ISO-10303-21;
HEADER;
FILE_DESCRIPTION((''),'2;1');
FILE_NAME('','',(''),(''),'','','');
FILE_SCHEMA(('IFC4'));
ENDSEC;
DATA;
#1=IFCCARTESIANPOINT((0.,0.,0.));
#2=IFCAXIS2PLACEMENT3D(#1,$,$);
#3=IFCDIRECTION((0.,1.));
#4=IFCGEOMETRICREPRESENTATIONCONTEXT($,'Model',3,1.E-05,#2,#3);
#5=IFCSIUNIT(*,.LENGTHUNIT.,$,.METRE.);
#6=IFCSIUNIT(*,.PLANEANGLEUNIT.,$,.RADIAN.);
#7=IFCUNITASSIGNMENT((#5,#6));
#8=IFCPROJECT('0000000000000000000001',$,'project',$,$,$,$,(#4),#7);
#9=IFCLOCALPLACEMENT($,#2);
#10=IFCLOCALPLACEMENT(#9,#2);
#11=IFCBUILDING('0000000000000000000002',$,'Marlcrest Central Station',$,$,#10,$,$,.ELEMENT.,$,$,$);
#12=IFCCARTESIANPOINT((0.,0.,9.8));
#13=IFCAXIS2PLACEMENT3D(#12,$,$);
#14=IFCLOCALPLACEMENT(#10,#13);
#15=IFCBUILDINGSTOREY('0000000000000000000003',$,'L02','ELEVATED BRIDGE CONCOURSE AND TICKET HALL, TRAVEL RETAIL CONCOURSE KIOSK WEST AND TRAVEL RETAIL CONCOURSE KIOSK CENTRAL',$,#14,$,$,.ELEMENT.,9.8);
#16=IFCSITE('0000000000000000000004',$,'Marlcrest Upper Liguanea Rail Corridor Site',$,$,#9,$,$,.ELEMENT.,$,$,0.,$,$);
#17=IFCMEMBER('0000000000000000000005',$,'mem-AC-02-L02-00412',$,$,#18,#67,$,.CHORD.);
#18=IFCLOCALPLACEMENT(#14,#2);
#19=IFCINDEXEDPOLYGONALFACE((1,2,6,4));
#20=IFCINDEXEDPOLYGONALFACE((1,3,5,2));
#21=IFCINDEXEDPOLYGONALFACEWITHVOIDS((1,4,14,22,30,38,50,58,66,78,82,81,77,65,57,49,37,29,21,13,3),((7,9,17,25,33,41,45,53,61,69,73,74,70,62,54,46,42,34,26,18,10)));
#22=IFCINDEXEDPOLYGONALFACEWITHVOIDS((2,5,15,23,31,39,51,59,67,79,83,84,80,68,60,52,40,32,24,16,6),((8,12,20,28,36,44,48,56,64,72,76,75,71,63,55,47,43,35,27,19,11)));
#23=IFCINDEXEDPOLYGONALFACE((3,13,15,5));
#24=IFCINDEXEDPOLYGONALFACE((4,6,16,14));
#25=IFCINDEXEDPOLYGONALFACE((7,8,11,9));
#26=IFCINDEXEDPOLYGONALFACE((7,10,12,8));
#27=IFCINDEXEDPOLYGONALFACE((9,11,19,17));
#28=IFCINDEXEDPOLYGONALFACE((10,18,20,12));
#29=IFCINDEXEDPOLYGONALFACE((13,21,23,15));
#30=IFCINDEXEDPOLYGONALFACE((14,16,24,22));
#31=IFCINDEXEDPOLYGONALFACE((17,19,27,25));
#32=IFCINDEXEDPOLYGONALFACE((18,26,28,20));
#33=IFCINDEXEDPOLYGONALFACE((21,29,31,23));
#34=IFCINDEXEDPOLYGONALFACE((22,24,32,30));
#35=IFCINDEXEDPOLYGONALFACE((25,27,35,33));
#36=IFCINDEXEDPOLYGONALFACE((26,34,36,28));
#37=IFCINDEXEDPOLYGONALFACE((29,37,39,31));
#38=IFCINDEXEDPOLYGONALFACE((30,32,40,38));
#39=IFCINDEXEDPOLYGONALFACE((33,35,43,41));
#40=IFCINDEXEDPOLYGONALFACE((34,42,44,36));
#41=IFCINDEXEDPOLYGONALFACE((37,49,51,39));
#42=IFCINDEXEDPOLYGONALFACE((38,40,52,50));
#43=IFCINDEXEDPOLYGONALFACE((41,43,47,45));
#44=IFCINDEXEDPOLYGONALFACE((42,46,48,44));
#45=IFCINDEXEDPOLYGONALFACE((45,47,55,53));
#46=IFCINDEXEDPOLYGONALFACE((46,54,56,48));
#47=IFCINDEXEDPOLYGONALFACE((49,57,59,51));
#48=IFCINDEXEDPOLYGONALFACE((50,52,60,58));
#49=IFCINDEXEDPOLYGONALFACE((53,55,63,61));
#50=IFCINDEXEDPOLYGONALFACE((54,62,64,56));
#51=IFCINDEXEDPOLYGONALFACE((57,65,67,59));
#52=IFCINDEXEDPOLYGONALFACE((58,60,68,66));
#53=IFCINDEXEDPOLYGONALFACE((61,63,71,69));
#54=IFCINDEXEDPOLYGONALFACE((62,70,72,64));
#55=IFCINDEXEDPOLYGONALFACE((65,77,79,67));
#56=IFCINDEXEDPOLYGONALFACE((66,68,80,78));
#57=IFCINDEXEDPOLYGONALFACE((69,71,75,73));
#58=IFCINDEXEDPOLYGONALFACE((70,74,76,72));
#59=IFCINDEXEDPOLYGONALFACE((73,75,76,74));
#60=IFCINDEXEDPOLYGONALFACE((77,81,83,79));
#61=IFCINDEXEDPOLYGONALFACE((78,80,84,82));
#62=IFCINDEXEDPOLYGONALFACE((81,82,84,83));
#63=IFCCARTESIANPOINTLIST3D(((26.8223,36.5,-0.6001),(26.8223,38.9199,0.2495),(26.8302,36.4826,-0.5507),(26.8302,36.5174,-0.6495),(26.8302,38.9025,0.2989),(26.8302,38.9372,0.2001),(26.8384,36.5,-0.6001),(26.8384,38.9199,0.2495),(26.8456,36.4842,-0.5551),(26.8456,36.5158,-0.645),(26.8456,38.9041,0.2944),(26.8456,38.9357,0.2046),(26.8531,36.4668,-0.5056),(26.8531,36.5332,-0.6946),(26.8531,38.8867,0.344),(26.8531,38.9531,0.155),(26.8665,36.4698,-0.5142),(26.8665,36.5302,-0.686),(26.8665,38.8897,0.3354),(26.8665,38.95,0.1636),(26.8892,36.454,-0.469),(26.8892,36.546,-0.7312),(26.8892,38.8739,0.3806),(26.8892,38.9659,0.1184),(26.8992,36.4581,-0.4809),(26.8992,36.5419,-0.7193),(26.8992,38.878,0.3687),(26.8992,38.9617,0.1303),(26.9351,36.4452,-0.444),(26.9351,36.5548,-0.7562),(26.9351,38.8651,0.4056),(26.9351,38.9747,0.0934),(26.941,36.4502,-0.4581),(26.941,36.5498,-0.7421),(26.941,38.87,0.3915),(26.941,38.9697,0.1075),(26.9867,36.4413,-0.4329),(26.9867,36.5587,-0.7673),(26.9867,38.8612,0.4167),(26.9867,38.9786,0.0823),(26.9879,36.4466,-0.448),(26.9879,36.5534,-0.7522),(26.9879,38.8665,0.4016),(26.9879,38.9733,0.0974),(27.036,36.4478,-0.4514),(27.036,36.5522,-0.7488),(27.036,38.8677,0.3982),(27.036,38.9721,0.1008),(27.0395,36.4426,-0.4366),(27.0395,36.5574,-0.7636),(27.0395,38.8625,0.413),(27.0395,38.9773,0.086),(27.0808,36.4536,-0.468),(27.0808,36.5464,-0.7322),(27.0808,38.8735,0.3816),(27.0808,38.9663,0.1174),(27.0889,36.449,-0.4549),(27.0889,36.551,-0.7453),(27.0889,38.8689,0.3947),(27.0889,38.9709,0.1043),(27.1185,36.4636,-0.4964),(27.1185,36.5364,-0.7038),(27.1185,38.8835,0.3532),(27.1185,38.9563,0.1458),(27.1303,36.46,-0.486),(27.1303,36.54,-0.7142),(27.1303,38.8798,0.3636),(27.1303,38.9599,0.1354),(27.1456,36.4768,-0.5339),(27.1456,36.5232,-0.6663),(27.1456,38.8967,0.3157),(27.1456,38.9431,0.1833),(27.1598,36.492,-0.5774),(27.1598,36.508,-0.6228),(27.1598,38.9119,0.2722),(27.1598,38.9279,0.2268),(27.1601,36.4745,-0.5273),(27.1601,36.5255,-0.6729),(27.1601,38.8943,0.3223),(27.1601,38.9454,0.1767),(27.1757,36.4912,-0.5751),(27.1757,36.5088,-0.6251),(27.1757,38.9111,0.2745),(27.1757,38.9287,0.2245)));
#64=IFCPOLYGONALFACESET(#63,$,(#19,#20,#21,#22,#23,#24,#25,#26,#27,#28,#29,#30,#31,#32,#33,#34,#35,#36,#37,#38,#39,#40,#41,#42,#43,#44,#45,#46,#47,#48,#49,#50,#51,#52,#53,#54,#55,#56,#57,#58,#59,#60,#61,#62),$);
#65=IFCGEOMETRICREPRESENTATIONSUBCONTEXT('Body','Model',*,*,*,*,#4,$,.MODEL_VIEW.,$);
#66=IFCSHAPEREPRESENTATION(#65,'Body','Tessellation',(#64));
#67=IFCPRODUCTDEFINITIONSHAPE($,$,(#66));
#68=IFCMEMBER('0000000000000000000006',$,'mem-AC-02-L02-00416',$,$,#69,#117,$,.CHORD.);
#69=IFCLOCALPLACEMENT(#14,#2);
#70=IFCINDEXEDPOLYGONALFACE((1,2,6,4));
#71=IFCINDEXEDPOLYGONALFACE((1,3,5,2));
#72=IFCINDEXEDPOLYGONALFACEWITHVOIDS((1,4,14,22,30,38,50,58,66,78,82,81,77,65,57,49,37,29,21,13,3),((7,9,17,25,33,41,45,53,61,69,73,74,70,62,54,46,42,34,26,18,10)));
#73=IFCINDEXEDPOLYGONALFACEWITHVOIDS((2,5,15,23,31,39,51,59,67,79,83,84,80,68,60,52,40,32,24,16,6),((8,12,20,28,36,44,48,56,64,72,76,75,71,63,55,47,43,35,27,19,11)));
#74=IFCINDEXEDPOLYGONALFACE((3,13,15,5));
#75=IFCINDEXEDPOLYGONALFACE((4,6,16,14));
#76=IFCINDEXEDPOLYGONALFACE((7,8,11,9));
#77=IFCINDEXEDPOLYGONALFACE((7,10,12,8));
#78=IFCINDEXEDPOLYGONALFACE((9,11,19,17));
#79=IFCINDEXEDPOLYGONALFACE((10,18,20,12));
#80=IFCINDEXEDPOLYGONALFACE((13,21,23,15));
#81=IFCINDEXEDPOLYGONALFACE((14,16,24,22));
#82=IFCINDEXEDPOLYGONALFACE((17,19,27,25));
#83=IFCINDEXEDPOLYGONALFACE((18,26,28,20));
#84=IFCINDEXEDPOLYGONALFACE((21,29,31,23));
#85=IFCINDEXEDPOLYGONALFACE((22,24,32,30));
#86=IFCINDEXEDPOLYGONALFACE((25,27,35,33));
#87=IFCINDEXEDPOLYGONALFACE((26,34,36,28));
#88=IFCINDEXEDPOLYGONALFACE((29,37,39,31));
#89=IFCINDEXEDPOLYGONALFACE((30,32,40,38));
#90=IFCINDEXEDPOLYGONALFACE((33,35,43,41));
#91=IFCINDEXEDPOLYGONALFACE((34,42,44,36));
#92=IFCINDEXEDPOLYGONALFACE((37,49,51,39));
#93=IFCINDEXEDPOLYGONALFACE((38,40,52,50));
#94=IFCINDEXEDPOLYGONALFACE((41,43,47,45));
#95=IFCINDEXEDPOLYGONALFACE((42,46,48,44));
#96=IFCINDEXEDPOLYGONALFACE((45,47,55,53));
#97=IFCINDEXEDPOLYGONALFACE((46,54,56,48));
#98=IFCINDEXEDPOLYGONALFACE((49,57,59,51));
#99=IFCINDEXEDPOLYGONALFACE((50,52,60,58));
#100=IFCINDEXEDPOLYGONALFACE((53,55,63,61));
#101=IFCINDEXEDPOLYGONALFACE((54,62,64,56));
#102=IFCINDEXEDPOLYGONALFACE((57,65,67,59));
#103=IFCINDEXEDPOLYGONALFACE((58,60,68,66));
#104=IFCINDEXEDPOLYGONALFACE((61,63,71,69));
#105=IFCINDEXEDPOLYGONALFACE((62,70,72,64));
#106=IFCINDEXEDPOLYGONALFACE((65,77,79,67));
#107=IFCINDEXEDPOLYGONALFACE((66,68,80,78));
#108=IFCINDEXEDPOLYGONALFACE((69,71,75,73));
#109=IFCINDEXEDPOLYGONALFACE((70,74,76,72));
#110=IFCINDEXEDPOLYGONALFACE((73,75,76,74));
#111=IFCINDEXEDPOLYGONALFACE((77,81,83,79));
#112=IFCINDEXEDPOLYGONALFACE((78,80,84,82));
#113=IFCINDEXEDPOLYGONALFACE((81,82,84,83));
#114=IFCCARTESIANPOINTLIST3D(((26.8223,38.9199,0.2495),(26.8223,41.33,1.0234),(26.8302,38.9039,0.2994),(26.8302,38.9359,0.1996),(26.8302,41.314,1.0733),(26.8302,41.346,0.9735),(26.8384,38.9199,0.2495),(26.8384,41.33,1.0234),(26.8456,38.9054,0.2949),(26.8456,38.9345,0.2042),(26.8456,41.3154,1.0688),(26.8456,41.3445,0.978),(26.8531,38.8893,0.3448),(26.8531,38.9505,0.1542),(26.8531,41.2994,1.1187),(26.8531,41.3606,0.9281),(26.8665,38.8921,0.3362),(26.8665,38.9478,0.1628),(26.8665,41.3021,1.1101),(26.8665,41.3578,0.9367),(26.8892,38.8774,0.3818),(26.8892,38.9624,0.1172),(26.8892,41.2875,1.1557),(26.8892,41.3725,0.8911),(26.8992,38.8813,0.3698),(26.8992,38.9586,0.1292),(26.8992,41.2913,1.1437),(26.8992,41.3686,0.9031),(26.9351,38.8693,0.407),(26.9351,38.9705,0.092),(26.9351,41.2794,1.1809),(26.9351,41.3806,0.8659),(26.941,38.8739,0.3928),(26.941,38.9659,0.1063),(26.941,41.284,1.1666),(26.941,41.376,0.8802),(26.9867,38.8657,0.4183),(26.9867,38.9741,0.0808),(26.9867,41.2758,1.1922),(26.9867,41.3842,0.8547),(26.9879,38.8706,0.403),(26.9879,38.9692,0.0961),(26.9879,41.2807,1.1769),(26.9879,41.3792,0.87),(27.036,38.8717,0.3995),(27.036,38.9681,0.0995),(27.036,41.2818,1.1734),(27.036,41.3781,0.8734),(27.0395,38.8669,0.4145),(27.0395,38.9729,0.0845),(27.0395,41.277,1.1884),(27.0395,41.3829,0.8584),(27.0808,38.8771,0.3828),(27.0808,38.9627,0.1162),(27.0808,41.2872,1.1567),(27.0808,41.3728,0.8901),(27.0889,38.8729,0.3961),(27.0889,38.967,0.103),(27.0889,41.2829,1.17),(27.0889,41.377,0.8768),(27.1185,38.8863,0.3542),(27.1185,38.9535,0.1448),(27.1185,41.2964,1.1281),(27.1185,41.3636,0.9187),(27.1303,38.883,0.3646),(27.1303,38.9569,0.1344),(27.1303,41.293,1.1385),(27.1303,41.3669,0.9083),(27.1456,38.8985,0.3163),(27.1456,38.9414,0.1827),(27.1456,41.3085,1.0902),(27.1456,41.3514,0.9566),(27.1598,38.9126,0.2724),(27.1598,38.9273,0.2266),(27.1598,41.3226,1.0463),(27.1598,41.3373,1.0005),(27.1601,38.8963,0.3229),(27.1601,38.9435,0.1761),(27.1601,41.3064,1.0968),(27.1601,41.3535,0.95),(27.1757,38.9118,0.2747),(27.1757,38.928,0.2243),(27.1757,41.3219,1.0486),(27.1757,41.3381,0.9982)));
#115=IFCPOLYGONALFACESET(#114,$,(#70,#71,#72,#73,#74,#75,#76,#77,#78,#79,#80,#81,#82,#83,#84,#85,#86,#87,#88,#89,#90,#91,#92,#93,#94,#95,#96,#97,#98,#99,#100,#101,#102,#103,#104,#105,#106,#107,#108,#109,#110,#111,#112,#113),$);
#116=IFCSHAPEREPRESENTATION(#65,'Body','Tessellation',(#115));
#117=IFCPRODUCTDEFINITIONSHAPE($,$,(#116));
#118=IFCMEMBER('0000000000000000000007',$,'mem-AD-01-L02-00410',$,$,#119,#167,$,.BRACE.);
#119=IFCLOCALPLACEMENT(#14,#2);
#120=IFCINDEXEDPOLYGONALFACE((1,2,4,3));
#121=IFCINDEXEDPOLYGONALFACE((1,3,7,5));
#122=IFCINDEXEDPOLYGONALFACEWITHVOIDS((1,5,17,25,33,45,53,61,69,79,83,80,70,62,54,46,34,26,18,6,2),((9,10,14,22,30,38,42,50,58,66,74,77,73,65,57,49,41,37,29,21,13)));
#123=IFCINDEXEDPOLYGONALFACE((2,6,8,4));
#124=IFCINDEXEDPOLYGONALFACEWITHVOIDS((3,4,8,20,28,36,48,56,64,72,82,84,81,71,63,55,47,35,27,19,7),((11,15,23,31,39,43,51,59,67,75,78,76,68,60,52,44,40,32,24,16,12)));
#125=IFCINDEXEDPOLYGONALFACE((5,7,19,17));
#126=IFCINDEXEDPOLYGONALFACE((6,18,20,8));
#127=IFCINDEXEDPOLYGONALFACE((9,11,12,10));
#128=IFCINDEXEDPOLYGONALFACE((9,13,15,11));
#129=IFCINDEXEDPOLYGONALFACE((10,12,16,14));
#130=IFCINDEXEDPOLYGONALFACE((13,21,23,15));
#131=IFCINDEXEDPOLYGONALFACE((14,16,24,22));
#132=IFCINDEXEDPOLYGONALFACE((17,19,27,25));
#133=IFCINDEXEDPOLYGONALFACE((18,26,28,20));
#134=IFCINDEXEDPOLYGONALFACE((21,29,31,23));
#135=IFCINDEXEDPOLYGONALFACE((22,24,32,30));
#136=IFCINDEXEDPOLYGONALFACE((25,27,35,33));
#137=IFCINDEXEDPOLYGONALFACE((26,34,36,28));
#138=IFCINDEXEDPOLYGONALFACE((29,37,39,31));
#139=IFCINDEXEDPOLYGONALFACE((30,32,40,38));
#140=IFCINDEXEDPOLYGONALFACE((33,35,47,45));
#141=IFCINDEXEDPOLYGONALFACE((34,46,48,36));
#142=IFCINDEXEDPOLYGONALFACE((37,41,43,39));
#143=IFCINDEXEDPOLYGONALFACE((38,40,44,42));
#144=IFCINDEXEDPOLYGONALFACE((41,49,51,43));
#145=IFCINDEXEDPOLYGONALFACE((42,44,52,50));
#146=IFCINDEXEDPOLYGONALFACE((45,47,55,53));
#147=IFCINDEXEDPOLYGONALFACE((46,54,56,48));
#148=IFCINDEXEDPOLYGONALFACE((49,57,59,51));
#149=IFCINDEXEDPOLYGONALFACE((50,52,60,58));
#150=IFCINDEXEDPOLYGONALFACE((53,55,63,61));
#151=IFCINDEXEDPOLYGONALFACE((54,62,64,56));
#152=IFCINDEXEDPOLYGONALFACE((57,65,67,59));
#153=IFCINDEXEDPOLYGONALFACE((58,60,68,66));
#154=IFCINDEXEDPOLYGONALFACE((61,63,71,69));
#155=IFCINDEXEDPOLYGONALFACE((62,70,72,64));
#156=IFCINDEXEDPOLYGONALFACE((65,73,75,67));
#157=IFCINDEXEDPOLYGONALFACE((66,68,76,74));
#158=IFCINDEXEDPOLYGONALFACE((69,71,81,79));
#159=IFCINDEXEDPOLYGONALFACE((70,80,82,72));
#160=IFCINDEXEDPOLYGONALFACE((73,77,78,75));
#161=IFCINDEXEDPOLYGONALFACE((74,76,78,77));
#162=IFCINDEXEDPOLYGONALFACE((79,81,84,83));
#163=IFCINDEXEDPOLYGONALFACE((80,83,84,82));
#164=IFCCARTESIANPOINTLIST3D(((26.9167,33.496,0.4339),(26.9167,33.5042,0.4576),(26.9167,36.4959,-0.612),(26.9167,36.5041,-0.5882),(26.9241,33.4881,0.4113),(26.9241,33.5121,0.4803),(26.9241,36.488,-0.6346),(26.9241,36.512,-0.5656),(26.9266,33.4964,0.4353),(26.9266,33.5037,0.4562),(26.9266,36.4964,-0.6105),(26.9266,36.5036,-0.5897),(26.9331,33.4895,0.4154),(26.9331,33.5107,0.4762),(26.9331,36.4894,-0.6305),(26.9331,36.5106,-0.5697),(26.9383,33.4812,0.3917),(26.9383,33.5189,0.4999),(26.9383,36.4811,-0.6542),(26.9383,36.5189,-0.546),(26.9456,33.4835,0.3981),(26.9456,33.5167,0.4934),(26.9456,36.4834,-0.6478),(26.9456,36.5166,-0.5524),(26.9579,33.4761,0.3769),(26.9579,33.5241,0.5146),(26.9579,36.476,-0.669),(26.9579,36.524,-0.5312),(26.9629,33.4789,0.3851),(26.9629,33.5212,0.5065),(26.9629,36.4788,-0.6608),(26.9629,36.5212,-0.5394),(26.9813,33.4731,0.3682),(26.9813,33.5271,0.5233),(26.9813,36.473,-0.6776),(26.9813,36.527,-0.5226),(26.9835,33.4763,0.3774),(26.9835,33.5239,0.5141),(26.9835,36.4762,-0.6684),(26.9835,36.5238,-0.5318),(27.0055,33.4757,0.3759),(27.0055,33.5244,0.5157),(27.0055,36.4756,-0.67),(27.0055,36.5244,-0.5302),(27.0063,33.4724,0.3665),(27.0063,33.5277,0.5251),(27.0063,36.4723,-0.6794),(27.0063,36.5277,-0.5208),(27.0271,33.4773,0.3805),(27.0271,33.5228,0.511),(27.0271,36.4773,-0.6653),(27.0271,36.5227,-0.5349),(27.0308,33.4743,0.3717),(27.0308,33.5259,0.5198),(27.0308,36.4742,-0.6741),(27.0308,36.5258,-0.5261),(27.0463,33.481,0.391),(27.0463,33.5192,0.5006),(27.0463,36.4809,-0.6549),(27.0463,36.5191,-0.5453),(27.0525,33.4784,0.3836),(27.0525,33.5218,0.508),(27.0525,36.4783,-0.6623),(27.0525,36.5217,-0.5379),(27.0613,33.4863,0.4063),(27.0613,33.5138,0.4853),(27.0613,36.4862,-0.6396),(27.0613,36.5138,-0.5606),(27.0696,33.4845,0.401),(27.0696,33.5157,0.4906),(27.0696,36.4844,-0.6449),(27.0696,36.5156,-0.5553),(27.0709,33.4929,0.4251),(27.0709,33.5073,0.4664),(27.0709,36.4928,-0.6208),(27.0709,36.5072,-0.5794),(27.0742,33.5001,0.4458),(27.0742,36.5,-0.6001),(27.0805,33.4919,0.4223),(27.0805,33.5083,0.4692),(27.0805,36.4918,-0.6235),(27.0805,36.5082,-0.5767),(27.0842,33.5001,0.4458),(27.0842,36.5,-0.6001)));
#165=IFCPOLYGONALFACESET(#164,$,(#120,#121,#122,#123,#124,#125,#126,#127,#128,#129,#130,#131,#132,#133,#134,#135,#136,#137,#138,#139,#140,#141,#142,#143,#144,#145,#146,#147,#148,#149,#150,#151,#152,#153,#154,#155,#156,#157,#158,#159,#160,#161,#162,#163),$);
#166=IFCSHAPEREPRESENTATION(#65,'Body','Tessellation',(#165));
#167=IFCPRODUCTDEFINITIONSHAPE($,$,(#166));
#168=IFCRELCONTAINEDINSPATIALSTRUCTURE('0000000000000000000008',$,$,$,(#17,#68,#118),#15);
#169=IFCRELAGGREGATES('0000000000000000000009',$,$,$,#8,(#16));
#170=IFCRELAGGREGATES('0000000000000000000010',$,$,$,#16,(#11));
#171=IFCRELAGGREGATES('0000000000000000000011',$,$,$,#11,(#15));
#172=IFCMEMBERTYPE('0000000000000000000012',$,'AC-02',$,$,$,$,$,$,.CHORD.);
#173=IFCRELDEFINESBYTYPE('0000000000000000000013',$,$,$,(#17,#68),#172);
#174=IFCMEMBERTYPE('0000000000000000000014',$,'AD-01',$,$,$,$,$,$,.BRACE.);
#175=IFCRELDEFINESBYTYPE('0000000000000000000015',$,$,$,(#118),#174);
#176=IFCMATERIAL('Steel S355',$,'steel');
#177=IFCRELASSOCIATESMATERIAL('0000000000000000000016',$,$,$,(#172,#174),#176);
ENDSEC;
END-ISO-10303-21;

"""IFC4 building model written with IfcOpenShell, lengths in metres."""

from ifc_helpers import new_model, si_unit, direction, frame, origin, origin_2d, place, context, subcontext, project, spatial, hollow_circle, extrude, material, material_profile, profile_set, type_object, element, save


model = new_model("IFC4")

# Units and contexts
model_context = context("Model", 3, precision=1e-05, world=origin(), true_north=direction((0.0, 1.0)))
body_context = subcontext(model_context, "Body", "Model", "MODEL_VIEW")
ifc_project = project(units=[si_unit("LENGTHUNIT", "METRE"), si_unit("PLANEANGLEUNIT", "RADIAN")], contexts=[model_context])

# Site, building, storey
site_placement = place(None, origin())
site = spatial("IfcSite", under=ifc_project, at=site_placement, Name="Marlcrest Upper Liguanea Rail Corridor Site", CompositionType="ELEMENT", RefElevation=0.0)
building_placement = place(site_placement, origin())
building = spatial("IfcBuilding", under=site, at=building_placement, Name="Marlcrest Central Station", CompositionType="ELEMENT")
storey_placement = place(building_placement, frame((0.0, 0.0, 9.8)))
storey = spatial("IfcBuildingStorey", under=building, at=storey_placement, Name="L02", Description="ELEVATED BRIDGE CONCOURSE AND TICKET HALL, TRAVEL RETAIL CONCOURSE KIOSK WEST AND TRAVEL RETAIL CONCOURSE KIOSK CENTRAL", CompositionType="ELEMENT", Elevation=9.8)

# Members
ifc_material_1 = material(Name="Steel S355", Category="steel")
ifc_material_profile_1 = material_profile(ifc_material_1, hollow_circle(Radius=0.1777, WallThickness=0.0161, at=origin_2d()), Name="CHS 355.6x16")
ifc_profile_set_1 = profile_set([ifc_material_profile_1], Name="Steel S355")
member_type_1 = type_object("IfcMemberType", Name="AC-02", PredefinedType="CHORD", material=ifc_profile_set_1)
member_1_placement = place(storey_placement, frame((27.0, 36.5, -0.6001), z_axis=(0.0, 0.943537, 0.331266), x_axis=(-1.0, 0.0, 0.0)))
element("IfcMember", 1, at=member_1_placement, inside=storey, type_object=member_type_1, Name="mem-AC-02-L02-00412", PredefinedType="CHORD", context=body_context, shape_type="SweptSolid", body=[
    extrude(hollow_circle(Radius=0.1777, WallThickness=0.0161, at=origin_2d()), origin(), (0.0, 0.0, 1.0), 2.5647),
])
member_2_placement = place(storey_placement, frame((27.0, 38.9199, 0.2495), z_axis=(0.0, 0.952117, 0.305734), x_axis=(-1.0, 0.0, 0.0)))
element("IfcMember", 2, at=member_2_placement, inside=storey, type_object=member_type_1, Name="mem-AC-02-L02-00416", PredefinedType="CHORD", context=body_context, shape_type="SweptSolid", body=[
    extrude(hollow_circle(Radius=0.1777, WallThickness=0.0161, at=origin_2d()), origin(), (0.0, 0.0, 1.0), 2.5312),
])
ifc_material_profile_2 = material_profile(ifc_material_1, hollow_circle(Radius=0.0842, WallThickness=0.01, at=origin_2d()), Name="CHS 168.3x10")
ifc_profile_set_2 = profile_set([ifc_material_profile_2], Name="Steel S355")
member_type_2 = type_object("IfcMemberType", Name="AD-01", PredefinedType="BRACE", material=ifc_profile_set_2)
member_3_placement = place(storey_placement, frame((27.0, 36.5, -0.6001), z_axis=(0.0, -0.94426, 0.3292), x_axis=(1.0, 0.0, 0.0)))
element("IfcMember", 3, at=member_3_placement, inside=storey, type_object=member_type_2, Name="mem-AD-01-L02-00410", PredefinedType="BRACE", context=body_context, shape_type="SweptSolid", body=[
    extrude(hollow_circle(Radius=0.0842, WallThickness=0.01, at=origin_2d()), origin(), (0.0, 0.0, 1.0), 3.177),
])

save(model, "model.ifc")
